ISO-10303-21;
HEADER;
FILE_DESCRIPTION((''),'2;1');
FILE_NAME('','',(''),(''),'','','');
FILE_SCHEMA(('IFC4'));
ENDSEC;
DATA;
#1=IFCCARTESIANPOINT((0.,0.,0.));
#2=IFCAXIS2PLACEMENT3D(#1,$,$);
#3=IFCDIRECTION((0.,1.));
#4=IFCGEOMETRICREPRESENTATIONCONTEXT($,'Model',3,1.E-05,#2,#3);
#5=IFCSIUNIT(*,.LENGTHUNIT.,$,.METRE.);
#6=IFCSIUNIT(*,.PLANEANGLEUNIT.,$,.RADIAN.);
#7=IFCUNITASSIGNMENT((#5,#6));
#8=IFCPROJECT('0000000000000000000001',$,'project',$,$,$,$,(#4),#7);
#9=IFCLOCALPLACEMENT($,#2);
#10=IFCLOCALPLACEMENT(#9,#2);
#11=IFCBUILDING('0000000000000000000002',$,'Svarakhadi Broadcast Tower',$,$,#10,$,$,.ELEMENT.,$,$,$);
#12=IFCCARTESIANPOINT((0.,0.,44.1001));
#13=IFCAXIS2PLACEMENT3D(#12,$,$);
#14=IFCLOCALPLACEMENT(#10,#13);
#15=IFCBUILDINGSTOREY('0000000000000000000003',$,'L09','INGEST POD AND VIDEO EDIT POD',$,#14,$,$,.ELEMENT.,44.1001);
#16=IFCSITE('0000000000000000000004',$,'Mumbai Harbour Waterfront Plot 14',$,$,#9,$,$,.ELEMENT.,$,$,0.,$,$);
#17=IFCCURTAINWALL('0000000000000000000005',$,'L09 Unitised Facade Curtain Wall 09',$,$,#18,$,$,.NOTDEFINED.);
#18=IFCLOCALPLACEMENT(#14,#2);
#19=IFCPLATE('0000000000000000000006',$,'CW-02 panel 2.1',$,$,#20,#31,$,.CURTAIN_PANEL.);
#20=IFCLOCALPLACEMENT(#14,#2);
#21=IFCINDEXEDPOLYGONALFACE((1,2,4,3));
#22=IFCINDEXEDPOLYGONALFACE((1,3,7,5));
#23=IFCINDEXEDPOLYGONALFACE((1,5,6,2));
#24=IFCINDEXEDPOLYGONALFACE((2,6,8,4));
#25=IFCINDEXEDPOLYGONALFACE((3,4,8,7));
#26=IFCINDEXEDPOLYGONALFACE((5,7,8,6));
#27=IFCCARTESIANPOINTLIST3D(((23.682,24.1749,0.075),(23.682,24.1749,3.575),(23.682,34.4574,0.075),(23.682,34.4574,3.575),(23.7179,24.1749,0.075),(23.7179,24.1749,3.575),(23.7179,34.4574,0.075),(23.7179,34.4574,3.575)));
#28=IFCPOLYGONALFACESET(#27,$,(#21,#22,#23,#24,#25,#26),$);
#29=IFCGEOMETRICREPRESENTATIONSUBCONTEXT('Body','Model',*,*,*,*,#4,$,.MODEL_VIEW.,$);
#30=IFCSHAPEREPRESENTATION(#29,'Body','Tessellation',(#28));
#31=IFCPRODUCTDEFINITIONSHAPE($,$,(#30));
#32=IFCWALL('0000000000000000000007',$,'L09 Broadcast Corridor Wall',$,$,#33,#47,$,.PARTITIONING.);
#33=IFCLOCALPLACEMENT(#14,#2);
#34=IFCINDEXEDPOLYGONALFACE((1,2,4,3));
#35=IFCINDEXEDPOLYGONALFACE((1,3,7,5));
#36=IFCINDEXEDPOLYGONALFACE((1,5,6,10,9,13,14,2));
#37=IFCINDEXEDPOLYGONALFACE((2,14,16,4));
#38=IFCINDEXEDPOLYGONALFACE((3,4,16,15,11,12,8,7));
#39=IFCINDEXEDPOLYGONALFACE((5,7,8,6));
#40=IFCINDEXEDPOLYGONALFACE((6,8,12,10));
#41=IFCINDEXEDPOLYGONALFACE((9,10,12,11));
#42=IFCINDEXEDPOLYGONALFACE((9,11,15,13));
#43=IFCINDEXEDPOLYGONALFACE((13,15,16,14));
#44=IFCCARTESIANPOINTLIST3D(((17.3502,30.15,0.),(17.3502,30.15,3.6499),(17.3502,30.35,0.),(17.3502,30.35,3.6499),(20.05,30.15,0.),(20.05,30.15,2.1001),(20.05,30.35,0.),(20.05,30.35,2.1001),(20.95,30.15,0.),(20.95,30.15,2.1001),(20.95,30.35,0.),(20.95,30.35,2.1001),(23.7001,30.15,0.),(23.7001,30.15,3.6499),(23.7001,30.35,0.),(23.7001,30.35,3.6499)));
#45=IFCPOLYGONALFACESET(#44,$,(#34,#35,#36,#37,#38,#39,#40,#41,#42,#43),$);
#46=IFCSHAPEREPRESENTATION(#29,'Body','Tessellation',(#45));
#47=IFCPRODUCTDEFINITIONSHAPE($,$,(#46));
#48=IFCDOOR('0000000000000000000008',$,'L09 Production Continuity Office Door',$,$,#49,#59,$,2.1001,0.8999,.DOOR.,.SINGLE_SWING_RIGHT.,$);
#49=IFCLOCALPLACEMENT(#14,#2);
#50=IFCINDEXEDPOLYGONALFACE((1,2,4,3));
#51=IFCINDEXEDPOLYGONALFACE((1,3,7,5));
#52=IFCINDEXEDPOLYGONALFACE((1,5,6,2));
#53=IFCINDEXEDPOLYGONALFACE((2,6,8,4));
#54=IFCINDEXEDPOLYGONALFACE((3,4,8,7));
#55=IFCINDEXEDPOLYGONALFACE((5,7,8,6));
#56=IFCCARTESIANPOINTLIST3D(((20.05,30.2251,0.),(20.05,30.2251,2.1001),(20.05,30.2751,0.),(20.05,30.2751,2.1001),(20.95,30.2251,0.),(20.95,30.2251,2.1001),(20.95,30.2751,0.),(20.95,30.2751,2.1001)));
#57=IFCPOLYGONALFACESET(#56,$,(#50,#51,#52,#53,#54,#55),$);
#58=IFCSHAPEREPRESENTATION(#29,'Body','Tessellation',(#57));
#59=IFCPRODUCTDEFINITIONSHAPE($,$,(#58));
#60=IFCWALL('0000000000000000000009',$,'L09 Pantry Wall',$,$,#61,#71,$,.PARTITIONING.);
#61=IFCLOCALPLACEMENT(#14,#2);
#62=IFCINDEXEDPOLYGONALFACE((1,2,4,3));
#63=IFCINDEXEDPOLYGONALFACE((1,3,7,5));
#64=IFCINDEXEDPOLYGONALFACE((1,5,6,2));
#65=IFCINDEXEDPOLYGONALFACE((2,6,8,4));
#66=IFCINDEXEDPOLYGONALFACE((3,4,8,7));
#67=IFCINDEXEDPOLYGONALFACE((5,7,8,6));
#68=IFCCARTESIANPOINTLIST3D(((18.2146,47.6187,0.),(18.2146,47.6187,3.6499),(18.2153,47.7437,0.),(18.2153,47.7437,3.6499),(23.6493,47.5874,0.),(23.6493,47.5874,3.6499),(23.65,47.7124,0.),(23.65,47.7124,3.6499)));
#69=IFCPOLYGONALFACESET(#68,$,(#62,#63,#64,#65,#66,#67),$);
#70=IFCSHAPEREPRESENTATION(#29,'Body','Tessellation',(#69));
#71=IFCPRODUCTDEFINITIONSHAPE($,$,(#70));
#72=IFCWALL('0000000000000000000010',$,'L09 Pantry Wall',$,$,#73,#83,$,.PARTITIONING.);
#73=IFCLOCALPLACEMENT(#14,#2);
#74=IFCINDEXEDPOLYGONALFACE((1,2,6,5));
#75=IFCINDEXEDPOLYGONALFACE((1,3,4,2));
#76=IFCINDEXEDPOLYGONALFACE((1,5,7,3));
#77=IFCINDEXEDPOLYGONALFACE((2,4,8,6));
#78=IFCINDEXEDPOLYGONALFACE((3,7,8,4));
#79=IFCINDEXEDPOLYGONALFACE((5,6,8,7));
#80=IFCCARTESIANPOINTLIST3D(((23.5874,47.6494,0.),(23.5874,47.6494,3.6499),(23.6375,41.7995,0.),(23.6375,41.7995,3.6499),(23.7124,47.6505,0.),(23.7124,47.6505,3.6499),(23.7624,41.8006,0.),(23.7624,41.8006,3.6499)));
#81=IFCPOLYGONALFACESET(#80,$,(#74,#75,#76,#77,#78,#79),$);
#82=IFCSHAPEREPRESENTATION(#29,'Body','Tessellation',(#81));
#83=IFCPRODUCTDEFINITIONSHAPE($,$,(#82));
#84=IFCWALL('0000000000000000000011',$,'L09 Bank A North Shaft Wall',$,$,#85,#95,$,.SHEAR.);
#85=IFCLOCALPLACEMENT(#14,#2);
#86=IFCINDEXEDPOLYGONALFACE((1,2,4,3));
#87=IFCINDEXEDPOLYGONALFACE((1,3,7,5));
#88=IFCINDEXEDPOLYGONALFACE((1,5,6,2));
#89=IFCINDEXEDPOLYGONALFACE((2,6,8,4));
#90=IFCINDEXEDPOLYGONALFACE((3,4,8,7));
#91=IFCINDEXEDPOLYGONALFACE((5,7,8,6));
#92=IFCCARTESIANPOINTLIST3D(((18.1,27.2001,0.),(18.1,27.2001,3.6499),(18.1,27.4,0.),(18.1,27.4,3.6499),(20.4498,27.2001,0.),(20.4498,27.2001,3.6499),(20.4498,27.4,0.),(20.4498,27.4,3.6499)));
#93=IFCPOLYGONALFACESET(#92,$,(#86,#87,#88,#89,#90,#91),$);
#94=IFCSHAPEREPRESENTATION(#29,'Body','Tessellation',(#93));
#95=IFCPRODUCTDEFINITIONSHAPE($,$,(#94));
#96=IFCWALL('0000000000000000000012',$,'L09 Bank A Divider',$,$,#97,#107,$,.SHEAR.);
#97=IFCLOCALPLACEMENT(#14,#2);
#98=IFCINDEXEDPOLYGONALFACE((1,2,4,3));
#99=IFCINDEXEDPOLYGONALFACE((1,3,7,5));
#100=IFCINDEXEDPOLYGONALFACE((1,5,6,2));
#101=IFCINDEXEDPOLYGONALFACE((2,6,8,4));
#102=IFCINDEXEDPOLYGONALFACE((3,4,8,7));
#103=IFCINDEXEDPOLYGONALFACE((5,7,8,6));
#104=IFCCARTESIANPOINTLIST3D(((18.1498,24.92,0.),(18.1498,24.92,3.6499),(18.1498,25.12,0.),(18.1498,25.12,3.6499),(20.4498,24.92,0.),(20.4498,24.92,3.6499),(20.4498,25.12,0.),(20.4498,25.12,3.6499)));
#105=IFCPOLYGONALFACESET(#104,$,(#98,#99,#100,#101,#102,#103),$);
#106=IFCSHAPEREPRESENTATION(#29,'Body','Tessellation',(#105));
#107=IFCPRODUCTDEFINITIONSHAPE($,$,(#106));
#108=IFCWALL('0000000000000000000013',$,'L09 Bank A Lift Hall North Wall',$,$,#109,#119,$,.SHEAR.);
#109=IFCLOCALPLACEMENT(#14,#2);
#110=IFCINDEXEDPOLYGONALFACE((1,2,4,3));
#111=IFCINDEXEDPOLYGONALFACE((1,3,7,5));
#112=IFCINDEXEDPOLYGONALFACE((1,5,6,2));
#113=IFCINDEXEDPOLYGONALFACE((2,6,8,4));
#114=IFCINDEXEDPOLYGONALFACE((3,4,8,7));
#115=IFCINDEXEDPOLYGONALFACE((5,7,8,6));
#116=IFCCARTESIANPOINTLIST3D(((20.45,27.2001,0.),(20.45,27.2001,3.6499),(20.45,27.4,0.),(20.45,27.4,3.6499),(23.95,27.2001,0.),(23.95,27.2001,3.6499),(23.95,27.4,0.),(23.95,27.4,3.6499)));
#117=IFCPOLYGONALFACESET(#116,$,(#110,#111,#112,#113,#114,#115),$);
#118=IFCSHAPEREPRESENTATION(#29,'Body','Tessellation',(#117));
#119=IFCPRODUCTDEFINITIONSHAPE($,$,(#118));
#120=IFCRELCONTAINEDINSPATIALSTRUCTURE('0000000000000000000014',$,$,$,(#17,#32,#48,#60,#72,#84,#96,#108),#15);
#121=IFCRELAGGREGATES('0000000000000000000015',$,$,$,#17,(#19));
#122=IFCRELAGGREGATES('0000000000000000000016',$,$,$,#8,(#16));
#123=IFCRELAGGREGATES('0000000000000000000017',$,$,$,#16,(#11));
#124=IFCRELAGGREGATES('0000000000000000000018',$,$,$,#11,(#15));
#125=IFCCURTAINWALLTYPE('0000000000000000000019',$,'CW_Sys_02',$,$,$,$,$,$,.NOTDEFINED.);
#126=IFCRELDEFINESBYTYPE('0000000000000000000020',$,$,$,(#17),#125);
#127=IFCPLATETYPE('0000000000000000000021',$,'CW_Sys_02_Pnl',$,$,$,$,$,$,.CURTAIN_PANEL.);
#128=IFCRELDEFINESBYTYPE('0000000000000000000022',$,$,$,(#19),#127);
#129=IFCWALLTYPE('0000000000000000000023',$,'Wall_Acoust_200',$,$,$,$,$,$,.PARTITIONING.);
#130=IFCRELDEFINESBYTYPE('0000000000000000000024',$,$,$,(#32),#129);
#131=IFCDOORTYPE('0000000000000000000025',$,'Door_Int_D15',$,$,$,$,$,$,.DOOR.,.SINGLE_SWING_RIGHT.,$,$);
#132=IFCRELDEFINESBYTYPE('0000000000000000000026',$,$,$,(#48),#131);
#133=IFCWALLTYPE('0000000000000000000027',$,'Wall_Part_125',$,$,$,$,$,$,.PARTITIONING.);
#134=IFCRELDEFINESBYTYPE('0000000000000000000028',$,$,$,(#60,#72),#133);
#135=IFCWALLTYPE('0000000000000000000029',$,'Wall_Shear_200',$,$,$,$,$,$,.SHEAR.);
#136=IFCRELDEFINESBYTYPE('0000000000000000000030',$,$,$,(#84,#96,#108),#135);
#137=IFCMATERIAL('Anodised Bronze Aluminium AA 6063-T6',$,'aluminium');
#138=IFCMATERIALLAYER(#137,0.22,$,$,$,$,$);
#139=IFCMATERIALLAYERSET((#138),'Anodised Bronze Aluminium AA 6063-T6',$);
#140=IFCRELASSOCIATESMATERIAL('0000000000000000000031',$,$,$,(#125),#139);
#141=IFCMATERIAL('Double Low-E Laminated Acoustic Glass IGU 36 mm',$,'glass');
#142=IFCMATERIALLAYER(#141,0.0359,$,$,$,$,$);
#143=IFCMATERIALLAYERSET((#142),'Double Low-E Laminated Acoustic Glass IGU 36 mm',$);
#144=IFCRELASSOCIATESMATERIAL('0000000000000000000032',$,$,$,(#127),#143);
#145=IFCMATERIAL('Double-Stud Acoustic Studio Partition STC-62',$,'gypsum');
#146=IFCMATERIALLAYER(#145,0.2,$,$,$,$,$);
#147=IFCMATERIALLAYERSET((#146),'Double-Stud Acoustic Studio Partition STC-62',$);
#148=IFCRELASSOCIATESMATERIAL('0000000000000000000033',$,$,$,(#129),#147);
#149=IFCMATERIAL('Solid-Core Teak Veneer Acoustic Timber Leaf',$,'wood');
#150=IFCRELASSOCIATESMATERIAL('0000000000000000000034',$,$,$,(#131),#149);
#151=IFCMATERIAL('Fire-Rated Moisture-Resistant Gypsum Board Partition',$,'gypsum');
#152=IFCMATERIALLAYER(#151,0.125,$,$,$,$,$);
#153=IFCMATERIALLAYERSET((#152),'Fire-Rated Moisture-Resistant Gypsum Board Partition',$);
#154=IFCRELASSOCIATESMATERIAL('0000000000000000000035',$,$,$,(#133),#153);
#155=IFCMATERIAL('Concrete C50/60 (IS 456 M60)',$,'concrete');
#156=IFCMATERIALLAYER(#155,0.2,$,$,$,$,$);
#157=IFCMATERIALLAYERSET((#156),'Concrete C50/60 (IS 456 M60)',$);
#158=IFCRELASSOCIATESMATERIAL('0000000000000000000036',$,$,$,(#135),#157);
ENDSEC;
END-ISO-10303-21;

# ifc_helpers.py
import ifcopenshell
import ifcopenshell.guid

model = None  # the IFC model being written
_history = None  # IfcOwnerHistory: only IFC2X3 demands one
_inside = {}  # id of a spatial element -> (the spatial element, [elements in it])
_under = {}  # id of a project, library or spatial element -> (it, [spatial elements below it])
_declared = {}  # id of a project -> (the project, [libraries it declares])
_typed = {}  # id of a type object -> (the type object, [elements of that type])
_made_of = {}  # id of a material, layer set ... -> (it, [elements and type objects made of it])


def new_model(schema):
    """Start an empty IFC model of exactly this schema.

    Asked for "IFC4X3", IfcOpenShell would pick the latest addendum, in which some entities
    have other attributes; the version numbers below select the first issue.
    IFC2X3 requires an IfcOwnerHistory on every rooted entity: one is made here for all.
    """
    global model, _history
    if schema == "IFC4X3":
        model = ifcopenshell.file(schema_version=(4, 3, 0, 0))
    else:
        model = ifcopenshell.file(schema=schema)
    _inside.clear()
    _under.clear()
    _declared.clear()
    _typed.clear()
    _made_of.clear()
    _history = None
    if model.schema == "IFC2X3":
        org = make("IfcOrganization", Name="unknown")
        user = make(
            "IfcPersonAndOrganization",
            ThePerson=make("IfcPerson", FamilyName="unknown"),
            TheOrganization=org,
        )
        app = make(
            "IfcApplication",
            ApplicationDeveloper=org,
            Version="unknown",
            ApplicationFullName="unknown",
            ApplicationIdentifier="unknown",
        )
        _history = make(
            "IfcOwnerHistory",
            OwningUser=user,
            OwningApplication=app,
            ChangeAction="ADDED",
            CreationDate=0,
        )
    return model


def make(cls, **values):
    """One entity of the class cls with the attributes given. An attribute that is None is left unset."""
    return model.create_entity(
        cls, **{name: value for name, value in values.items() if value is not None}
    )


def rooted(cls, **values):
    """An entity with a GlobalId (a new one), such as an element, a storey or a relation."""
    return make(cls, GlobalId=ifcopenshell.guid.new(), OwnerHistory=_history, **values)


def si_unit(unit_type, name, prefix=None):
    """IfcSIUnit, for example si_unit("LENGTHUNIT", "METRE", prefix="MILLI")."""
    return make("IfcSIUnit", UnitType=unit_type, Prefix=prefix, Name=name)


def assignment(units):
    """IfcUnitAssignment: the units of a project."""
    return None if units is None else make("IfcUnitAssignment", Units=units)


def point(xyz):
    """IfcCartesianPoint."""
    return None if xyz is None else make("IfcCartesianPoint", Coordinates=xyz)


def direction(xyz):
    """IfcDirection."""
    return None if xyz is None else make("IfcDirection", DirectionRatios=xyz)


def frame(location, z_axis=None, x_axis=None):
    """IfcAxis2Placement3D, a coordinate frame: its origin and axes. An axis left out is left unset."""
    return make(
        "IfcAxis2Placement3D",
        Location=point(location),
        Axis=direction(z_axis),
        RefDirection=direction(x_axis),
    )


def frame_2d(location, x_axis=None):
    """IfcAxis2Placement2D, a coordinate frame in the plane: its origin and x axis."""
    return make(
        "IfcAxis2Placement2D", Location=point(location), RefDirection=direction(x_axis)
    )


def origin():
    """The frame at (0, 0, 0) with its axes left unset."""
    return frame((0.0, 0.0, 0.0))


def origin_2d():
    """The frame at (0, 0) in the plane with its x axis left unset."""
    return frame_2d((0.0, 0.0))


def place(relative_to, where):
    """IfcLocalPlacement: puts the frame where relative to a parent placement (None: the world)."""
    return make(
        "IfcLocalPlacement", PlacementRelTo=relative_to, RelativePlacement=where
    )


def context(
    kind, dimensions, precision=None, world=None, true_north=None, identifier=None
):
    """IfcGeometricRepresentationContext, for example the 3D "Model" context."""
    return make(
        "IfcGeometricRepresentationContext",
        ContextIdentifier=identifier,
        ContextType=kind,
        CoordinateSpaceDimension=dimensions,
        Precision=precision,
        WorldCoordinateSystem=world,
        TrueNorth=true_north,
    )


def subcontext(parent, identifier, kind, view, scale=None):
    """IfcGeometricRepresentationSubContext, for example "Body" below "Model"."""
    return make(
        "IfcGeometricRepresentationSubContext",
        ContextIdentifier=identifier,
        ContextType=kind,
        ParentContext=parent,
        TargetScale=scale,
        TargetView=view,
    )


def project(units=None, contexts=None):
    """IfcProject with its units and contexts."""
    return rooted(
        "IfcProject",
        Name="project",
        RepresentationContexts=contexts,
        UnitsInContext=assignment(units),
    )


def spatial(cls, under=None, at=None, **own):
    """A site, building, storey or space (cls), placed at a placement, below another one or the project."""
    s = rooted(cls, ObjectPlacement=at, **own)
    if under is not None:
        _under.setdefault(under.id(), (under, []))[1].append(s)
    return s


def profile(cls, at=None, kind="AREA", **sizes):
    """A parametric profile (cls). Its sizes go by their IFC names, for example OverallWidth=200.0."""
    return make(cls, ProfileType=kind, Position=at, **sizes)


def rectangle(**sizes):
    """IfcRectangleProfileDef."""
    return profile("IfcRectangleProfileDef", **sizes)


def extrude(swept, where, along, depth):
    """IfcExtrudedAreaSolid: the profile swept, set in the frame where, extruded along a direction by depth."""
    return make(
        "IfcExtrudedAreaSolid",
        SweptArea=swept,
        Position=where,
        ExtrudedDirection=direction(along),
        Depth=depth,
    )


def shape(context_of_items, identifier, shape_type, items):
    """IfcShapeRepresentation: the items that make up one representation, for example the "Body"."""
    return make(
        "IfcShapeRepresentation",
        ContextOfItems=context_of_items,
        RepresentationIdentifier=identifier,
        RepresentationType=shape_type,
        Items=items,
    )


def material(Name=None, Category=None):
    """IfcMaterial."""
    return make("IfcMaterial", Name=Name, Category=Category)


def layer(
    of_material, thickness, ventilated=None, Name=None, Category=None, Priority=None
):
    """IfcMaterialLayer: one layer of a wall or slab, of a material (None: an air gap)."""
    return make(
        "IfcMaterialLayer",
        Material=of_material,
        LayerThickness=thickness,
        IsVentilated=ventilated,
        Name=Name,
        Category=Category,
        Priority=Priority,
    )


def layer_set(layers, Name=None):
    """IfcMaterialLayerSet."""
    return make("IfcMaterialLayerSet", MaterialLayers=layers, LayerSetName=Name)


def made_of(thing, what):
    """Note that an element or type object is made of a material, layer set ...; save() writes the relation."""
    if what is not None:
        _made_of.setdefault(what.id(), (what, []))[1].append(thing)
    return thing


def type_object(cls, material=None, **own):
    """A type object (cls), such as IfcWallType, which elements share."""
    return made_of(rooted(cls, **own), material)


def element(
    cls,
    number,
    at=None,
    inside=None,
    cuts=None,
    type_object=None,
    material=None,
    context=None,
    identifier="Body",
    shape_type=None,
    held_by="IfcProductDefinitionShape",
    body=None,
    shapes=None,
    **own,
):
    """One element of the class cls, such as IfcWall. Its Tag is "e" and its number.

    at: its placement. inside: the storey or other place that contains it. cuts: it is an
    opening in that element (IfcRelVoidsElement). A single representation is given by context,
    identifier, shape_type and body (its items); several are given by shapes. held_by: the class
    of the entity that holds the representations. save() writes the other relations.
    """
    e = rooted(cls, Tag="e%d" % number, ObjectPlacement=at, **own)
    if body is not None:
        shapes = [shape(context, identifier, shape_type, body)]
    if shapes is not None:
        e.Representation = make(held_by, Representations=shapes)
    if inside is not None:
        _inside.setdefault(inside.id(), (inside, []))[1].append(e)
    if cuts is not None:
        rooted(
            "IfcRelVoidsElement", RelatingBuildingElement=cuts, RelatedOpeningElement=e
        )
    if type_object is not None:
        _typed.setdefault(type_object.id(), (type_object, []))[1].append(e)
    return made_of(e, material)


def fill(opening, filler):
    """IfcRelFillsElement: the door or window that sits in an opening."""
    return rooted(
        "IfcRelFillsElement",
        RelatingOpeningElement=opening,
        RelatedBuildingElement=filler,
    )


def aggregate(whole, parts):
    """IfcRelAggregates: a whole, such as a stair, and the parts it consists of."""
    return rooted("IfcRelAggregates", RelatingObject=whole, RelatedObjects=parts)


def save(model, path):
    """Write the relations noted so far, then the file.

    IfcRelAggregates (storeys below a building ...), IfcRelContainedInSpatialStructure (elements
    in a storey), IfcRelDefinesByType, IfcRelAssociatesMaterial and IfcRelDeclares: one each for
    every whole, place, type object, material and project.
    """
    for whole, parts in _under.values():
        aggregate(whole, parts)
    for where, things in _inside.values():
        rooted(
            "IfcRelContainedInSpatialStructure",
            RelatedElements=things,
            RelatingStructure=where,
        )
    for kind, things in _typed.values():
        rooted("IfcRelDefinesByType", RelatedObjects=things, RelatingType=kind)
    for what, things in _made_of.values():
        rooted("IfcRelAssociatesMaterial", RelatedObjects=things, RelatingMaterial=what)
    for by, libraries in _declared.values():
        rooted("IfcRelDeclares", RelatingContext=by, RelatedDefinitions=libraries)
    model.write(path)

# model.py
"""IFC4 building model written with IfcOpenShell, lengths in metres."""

from ifc_helpers import new_model, si_unit, direction, frame, frame_2d, origin, origin_2d, place, context, subcontext, project, spatial, rectangle, extrude, material, layer, layer_set, type_object, element, fill, aggregate, save


model = new_model("IFC4")

# Units and contexts
model_context = context("Model", 3, precision=1e-05, world=origin(), true_north=direction((0.0, 1.0)))
body_context = subcontext(model_context, "Body", "Model", "MODEL_VIEW")
ifc_project = project(units=[si_unit("LENGTHUNIT", "METRE"), si_unit("PLANEANGLEUNIT", "RADIAN")], contexts=[model_context])

# Site, building, storey
site_placement = place(None, origin())
site = spatial("IfcSite", under=ifc_project, at=site_placement, Name="Mumbai Harbour Waterfront Plot 14", CompositionType="ELEMENT", RefElevation=0.0)
building_placement = place(site_placement, origin())
building = spatial("IfcBuilding", under=site, at=building_placement, Name="Svarakhadi Broadcast Tower", CompositionType="ELEMENT")
storey_placement = place(building_placement, frame((0.0, 0.0, 44.1001)))
storey = spatial("IfcBuildingStorey", under=building, at=storey_placement, Name="L09", Description="INGEST POD AND VIDEO EDIT POD", CompositionType="ELEMENT", Elevation=44.1001)

# Curtain wall
ifc_material_1 = material(Name="Anodised Bronze Aluminium AA 6063-T6", Category="aluminium")
ifc_layer_1 = layer(ifc_material_1, 0.22)
ifc_layer_set_1 = layer_set([ifc_layer_1], Name="Anodised Bronze Aluminium AA 6063-T6")
curtain_wall_type = type_object("IfcCurtainWallType", Name="CW_Sys_02", PredefinedType="NOTDEFINED", material=ifc_layer_set_1)
curtain_wall_1_placement = place(storey_placement, origin())
curtain_wall_1 = element("IfcCurtainWall", 1, at=curtain_wall_1_placement, inside=storey, type_object=curtain_wall_type, Name="L09 Unitised Facade Curtain Wall 09", PredefinedType="NOTDEFINED")

# Plate
ifc_material_2 = material(Name="Double Low-E Laminated Acoustic Glass IGU 36 mm", Category="glass")
ifc_layer_2 = layer(ifc_material_2, 0.0359)
ifc_layer_set_2 = layer_set([ifc_layer_2], Name="Double Low-E Laminated Acoustic Glass IGU 36 mm")
plate_type = type_object("IfcPlateType", Name="CW_Sys_02_Pnl", PredefinedType="CURTAIN_PANEL", material=ifc_layer_set_2)
plate_1_placement = place(storey_placement, frame((23.7, 29.3162, 0.075), z_axis=(0.0, 0.0, 1.0), x_axis=(0.0, -1.0, 0.0)))
plate_1 = element("IfcPlate", 2, at=plate_1_placement, type_object=plate_type, Name="CW-02 panel 2.1", PredefinedType="CURTAIN_PANEL", context=body_context, shape_type="SweptSolid", body=[
    extrude(rectangle(XDim=10.2825, YDim=0.0359, at=origin_2d()), origin(), (0.0, 0.0, 1.0), 3.5),
])
aggregate(curtain_wall_1, [plate_1])

# Wall, opening, door
ifc_material_3 = material(Name="Double-Stud Acoustic Studio Partition STC-62", Category="gypsum")
ifc_layer_3 = layer(ifc_material_3, 0.2)
ifc_layer_set_3 = layer_set([ifc_layer_3], Name="Double-Stud Acoustic Studio Partition STC-62")
wall_type_1 = type_object("IfcWallType", Name="Wall_Acoust_200", PredefinedType="PARTITIONING", material=ifc_layer_set_3)
wall_1_placement = place(storey_placement, frame((23.7, 30.25, 0.0), z_axis=(0.0, 0.0, 1.0), x_axis=(-1.0, 0.0, 0.0)))
wall_1 = element("IfcWall", 3, at=wall_1_placement, inside=storey, type_object=wall_type_1, Name="L09 Broadcast Corridor Wall", PredefinedType="PARTITIONING", context=body_context, shape_type="SweptSolid", body=[
    extrude(rectangle(XDim=6.3499, YDim=0.2, at=frame_2d((3.1748, 0.0))), origin(), (0.0, 0.0, 1.0), 3.6499),
])
opening_placement = place(wall_1_placement, frame((2.75, 0.0, 0.0)))
opening = element("IfcOpeningElement", 4, at=opening_placement, cuts=wall_1, PredefinedType="OPENING", context=body_context, shape_type="SweptSolid", body=[
    extrude(rectangle(XDim=0.8999, YDim=2.1001, at=frame_2d((0.45, 1.05))), frame((0.0, 0.1099, 0.0), z_axis=(0.0, -1.0, 0.0), x_axis=(1.0, 0.0, 0.0)), (0.0, 0.0, 1.0), 0.22),
])
ifc_material_4 = material(Name="Solid-Core Teak Veneer Acoustic Timber Leaf", Category="wood")
door_type = type_object("IfcDoorType", Name="Door_Int_D15", OperationType="SINGLE_SWING_RIGHT", PredefinedType="DOOR", material=ifc_material_4)
door_placement = place(opening_placement, origin())
door = element("IfcDoor", 5, at=door_placement, inside=storey, type_object=door_type, Name="L09 Production Continuity Office Door", OperationType="SINGLE_SWING_RIGHT", OverallHeight=2.1001, OverallWidth=0.8999, PredefinedType="DOOR", context=body_context, shape_type="SweptSolid", body=[
    extrude(rectangle(XDim=0.8999, YDim=2.1001, at=frame_2d((0.45, 1.05))), frame((0.0, 0.0249, 0.0), z_axis=(0.0, -1.0, 0.0), x_axis=(1.0, 0.0, 0.0)), (0.0, 0.0, 1.0), 0.05),
])
fill(opening, door)

# Walls
ifc_material_5 = material(Name="Fire-Rated Moisture-Resistant Gypsum Board Partition", Category="gypsum")
ifc_layer_4 = layer(ifc_material_5, 0.125)
ifc_layer_set_4 = layer_set([ifc_layer_4], Name="Fire-Rated Moisture-Resistant Gypsum Board Partition")
wall_type_2 = type_object("IfcWallType", Name="Wall_Part_125", PredefinedType="PARTITIONING", material=ifc_layer_set_4)
wall_2_placement = place(storey_placement, frame((18.2151, 47.6812, 0.0), z_axis=(0.0, 0.0, 1.0), x_axis=(0.999983, -0.00575, 0.0)))
element("IfcWall", 6, at=wall_2_placement, inside=storey, type_object=wall_type_2, Name="L09 Pantry Wall", PredefinedType="PARTITIONING", context=body_context, shape_type="SweptSolid", body=[
    extrude(rectangle(XDim=5.4348, YDim=0.125, at=frame_2d((2.7173, 0.0))), origin(), (0.0, 0.0, 1.0), 3.6499),
])
wall_3_placement = place(storey_placement, frame((23.7, 41.8, 0.0), z_axis=(0.0, 0.0, 1.0), x_axis=(-0.008555, 0.999963, 0.0)))
element("IfcWall", 7, at=wall_3_placement, inside=storey, type_object=wall_type_2, Name="L09 Pantry Wall", PredefinedType="PARTITIONING", context=body_context, shape_type="SweptSolid", body=[
    extrude(rectangle(XDim=5.8501, YDim=0.125, at=frame_2d((2.925, 0.0))), origin(), (0.0, 0.0, 1.0), 3.6499),
])
ifc_material_6 = material(Name="Concrete C50/60 (IS 456 M60)", Category="concrete")
ifc_layer_5 = layer(ifc_material_6, 0.2)
ifc_layer_set_5 = layer_set([ifc_layer_5], Name="Concrete C50/60 (IS 456 M60)")
wall_type_3 = type_object("IfcWallType", Name="Wall_Shear_200", PredefinedType="SHEAR", material=ifc_layer_set_5)
wall_4_placement = place(storey_placement, frame((18.1001, 27.3, 0.0), z_axis=(0.0, 0.0, 1.0), x_axis=(1.0, 0.0, 0.0)))
element("IfcWall", 8, at=wall_4_placement, inside=storey, type_object=wall_type_3, Name="L09 Bank A North Shaft Wall", PredefinedType="SHEAR", context=body_context, shape_type="SweptSolid", body=[
    extrude(rectangle(XDim=2.3499, YDim=0.2, at=frame_2d((1.1748, 0.0))), origin(), (0.0, 0.0, 1.0), 3.6499),
])
wall_5_placement = place(storey_placement, frame((18.1499, 25.02, 0.0), z_axis=(0.0, 0.0, 1.0), x_axis=(1.0, 0.0, 0.0)))
element("IfcWall", 9, at=wall_5_placement, inside=storey, type_object=wall_type_3, Name="L09 Bank A Divider", PredefinedType="SHEAR", context=body_context, shape_type="SweptSolid", body=[
    extrude(rectangle(XDim=2.3, YDim=0.2, at=frame_2d((1.1499, 0.0))), origin(), (0.0, 0.0, 1.0), 3.6499),
])
wall_6_placement = place(storey_placement, frame((20.45, 27.3, 0.0), z_axis=(0.0, 0.0, 1.0), x_axis=(1.0, 0.0, 0.0)))
element("IfcWall", 10, at=wall_6_placement, inside=storey, type_object=wall_type_3, Name="L09 Bank A Lift Hall North Wall", PredefinedType="SHEAR", context=body_context, shape_type="SweptSolid", body=[
    extrude(rectangle(XDim=3.5, YDim=0.2, at=frame_2d((1.75, 0.0))), origin(), (0.0, 0.0, 1.0), 3.6499),
])

save(model, "model.ifc")
